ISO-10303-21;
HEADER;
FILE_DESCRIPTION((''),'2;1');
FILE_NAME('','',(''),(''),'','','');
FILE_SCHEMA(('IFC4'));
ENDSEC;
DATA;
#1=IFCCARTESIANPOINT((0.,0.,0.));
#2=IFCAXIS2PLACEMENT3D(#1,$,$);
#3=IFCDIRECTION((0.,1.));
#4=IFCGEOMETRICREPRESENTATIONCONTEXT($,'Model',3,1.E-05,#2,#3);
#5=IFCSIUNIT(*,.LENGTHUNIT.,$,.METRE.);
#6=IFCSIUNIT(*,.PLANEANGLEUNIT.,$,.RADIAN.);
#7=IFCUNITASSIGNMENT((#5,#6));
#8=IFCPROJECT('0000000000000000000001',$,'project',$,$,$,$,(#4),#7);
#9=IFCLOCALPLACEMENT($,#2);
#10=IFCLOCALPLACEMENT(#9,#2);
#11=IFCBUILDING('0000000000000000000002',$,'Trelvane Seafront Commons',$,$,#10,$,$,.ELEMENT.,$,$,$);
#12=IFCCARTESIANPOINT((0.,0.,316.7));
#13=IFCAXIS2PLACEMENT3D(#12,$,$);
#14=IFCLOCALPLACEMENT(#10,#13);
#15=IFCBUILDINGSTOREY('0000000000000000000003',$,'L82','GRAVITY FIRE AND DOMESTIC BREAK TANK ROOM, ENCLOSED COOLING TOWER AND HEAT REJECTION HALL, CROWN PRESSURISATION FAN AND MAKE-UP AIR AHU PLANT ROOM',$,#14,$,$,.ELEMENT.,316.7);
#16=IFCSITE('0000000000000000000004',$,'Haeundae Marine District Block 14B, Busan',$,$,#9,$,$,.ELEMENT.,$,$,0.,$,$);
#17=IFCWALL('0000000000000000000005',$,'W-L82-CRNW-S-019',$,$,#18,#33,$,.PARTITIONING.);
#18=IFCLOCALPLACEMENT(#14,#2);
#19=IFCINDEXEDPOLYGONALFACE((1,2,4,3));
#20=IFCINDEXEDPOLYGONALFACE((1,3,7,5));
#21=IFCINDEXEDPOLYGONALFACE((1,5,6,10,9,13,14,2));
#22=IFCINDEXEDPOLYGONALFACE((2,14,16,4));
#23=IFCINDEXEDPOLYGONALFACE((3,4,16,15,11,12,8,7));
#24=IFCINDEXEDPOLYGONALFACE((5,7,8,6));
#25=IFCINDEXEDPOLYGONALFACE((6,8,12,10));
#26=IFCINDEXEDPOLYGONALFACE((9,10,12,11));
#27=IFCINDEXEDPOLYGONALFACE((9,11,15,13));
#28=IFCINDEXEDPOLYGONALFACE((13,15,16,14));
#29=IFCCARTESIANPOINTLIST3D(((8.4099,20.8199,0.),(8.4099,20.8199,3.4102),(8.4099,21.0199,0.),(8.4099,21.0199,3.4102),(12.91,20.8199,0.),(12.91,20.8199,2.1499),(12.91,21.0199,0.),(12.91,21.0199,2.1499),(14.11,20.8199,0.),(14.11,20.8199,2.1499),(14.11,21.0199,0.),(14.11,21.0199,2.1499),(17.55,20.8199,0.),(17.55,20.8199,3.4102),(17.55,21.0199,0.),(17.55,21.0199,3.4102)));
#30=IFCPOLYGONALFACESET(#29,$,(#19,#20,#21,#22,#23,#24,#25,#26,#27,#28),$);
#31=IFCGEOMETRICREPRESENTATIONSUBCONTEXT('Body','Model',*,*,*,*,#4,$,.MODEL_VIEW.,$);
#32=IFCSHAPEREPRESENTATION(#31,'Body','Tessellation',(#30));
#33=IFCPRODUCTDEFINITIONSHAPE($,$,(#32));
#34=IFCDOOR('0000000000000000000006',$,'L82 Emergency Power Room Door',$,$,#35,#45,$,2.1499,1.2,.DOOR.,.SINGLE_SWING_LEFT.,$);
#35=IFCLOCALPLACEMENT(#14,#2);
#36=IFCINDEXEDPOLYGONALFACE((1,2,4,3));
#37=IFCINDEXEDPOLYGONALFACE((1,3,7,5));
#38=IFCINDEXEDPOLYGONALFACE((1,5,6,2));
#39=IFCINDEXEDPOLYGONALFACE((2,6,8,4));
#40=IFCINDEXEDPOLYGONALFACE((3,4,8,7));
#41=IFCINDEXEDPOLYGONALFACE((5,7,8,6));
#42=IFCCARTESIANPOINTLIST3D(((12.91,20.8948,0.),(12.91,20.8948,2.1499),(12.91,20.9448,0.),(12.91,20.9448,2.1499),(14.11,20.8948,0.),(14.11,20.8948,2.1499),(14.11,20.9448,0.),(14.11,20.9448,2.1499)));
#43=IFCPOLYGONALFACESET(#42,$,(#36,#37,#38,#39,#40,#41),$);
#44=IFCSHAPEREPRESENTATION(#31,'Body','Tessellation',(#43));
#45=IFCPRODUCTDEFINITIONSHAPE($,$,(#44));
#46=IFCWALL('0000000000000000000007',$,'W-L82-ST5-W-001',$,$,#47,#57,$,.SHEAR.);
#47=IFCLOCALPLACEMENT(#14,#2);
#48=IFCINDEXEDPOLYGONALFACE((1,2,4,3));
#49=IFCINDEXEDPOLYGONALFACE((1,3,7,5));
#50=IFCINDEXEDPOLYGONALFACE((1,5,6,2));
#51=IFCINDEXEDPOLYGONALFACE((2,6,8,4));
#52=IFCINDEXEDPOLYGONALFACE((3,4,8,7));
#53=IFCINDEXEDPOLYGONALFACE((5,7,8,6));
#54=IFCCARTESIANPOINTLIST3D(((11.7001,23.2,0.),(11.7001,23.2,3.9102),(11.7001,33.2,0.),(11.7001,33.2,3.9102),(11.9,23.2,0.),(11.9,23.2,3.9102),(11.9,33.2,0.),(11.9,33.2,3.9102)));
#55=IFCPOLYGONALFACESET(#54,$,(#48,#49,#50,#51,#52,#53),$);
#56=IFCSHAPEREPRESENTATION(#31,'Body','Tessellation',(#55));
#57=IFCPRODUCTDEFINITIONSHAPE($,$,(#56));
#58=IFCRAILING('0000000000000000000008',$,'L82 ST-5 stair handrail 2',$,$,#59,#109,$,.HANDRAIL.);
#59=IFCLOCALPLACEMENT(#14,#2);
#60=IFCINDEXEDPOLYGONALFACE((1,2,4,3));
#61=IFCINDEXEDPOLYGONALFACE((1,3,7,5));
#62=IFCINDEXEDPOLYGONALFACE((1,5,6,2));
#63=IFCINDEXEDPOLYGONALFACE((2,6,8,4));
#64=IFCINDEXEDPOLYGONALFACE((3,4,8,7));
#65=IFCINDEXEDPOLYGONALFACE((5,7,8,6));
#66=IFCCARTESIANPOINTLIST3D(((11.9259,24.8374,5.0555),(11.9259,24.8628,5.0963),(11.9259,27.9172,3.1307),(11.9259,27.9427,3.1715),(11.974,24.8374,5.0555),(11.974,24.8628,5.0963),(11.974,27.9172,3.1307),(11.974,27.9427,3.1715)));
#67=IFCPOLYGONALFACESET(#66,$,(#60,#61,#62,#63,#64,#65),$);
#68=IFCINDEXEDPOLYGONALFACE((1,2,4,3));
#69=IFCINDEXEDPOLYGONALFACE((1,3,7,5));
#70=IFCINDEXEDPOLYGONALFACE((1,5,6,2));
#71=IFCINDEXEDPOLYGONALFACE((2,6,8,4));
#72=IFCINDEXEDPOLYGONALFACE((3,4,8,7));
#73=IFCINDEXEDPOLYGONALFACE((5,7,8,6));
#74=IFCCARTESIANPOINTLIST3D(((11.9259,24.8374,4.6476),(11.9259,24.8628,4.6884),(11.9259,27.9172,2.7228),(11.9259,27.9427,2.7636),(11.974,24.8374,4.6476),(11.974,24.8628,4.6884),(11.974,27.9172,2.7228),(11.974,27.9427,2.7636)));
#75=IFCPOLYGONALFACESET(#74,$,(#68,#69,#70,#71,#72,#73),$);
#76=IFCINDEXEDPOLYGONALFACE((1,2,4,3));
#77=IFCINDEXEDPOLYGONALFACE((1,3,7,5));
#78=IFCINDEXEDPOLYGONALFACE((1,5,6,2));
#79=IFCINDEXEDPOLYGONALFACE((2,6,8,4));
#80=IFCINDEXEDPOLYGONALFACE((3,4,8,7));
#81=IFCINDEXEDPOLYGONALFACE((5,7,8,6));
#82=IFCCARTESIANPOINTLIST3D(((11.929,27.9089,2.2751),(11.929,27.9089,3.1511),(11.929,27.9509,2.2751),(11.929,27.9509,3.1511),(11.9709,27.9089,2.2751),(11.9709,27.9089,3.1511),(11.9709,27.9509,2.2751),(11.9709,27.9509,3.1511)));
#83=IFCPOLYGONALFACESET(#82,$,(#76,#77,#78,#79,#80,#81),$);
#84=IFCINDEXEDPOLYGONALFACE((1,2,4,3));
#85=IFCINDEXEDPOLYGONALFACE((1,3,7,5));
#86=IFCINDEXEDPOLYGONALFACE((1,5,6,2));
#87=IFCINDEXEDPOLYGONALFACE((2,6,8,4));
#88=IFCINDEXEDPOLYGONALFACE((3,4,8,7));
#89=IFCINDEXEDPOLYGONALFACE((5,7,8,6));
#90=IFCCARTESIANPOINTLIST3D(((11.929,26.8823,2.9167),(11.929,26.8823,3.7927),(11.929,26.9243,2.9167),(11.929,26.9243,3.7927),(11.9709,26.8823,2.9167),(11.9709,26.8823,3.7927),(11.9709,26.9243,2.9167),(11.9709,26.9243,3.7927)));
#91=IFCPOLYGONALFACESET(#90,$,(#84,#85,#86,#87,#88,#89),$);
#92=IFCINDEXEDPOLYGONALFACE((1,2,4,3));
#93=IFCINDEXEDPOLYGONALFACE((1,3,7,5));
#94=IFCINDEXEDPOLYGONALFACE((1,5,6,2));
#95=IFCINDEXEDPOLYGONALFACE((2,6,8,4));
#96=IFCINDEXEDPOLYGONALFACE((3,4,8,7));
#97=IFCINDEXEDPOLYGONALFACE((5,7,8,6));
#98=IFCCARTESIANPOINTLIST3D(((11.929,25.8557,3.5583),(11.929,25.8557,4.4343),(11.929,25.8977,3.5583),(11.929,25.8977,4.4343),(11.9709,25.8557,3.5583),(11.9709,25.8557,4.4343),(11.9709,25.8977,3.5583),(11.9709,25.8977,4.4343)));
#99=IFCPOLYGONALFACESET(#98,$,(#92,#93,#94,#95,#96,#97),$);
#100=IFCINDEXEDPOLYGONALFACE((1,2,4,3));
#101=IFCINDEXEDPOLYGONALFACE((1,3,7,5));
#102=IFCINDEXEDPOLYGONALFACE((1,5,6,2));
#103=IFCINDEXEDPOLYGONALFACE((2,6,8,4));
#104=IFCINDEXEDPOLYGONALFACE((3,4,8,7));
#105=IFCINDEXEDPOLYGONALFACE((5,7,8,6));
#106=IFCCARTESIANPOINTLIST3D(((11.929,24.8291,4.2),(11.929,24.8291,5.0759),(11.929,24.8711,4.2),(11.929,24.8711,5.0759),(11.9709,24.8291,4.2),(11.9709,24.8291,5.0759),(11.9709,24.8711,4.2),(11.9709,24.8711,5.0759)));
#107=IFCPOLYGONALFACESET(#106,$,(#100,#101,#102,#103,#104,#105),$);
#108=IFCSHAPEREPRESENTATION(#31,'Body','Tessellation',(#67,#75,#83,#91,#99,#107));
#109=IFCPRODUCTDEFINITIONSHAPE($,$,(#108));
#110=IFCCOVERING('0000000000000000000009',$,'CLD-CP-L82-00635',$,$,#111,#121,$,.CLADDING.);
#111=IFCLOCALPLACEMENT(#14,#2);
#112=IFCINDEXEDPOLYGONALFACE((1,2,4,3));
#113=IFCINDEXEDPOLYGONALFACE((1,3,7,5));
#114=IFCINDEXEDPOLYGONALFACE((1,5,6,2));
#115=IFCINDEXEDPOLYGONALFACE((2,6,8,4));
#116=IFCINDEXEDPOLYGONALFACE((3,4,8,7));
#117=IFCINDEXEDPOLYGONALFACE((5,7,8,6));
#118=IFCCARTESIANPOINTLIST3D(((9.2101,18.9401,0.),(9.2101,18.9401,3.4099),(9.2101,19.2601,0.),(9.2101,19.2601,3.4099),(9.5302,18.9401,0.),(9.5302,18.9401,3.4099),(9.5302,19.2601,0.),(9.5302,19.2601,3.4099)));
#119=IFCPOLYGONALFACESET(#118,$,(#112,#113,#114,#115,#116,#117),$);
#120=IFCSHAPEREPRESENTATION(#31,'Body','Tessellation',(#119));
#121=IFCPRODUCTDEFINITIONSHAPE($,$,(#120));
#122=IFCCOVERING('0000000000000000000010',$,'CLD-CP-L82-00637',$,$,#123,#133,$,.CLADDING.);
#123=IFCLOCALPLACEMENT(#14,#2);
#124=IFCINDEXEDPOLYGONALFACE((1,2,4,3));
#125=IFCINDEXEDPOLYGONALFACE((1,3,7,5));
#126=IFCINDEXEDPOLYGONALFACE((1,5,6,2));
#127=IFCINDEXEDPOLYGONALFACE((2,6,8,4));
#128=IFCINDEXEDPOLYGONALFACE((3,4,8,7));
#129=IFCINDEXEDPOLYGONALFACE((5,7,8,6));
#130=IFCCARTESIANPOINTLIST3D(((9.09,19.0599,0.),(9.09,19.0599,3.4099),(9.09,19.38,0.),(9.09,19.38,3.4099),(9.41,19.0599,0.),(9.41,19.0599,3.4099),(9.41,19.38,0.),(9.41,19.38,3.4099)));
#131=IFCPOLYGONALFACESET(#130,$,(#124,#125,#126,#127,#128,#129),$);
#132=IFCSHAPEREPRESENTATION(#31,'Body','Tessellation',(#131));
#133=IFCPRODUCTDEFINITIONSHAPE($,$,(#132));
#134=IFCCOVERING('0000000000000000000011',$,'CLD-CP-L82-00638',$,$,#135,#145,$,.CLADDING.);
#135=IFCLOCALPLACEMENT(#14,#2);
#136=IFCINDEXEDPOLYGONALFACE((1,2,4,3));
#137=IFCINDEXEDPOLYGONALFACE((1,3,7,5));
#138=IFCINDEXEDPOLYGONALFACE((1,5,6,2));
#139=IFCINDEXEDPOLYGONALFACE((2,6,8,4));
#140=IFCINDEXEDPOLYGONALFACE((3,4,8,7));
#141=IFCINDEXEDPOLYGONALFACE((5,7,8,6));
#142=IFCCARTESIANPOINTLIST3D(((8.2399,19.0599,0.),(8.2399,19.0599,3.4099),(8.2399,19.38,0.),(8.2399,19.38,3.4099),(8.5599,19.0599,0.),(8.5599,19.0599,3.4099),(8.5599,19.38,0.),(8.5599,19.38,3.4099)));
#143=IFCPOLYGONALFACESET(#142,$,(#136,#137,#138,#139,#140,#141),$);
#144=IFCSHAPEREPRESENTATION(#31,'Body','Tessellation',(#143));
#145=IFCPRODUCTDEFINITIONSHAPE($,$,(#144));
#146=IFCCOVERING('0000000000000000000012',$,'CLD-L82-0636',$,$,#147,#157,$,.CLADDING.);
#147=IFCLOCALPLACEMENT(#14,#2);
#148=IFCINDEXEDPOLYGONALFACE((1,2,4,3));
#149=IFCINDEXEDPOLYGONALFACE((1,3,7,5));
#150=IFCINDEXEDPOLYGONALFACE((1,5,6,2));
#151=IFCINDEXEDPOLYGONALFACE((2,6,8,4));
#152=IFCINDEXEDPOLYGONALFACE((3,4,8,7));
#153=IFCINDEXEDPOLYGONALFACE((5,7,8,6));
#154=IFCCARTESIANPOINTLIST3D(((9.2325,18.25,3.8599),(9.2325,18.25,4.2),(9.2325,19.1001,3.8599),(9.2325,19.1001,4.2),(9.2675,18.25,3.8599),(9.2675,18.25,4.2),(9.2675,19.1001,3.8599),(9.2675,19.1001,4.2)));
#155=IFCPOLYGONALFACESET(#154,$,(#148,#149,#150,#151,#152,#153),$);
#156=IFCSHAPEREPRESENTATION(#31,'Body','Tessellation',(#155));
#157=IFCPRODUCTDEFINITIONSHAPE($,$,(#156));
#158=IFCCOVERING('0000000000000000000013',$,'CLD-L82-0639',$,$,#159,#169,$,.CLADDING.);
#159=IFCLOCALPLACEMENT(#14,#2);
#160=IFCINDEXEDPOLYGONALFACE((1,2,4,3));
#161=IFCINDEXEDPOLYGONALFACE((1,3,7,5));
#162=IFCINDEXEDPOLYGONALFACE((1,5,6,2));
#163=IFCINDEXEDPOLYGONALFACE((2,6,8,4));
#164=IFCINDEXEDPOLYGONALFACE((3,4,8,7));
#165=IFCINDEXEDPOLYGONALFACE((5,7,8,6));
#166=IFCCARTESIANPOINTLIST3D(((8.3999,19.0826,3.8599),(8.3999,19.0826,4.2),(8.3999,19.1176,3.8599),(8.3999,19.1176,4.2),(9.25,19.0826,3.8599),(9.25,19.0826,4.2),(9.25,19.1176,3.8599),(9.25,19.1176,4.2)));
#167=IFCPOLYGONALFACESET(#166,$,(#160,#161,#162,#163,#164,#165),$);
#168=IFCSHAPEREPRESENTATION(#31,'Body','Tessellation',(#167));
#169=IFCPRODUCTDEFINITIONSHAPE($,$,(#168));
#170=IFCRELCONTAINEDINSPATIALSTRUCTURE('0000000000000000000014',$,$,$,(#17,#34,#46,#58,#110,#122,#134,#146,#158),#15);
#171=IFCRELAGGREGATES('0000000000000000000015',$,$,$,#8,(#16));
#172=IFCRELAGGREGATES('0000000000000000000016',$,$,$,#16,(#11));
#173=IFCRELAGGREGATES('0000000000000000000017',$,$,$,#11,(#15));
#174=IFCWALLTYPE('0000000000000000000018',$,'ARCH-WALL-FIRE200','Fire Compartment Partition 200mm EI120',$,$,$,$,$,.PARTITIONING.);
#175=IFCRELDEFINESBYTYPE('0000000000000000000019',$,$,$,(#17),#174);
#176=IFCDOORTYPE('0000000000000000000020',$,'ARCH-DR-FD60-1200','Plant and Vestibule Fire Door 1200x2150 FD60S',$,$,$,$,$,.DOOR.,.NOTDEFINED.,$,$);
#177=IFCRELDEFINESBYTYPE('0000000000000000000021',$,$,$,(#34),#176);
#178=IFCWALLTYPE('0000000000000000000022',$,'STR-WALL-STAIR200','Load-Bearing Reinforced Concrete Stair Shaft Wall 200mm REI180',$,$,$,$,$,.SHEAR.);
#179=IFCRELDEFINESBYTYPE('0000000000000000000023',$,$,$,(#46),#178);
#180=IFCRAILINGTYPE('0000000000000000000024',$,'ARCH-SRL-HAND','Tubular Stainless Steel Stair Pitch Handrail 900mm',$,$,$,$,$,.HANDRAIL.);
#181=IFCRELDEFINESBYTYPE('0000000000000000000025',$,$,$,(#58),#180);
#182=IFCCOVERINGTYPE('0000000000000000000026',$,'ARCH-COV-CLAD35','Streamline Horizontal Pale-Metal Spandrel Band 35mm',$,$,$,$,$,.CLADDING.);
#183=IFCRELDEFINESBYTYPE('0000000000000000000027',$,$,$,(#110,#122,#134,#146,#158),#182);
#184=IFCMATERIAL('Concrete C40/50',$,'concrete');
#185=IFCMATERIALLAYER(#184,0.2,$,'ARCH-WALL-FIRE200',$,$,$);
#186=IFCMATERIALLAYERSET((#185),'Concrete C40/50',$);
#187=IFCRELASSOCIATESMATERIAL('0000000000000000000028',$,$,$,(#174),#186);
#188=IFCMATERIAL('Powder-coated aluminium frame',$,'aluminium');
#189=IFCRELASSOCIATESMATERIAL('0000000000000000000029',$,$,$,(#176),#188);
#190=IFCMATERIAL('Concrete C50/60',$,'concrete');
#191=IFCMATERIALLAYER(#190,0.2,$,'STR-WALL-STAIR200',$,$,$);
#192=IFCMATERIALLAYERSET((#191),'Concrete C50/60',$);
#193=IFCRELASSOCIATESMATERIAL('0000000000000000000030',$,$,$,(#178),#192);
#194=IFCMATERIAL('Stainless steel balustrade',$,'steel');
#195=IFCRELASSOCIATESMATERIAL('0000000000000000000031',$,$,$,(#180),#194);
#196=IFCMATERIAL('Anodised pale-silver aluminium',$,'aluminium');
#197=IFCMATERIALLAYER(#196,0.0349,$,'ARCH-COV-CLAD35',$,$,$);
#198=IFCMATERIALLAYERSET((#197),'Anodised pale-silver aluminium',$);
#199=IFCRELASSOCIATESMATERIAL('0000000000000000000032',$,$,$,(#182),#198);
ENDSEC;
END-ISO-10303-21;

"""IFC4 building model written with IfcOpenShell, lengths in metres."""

from ifc_helpers import new_model, si_unit, direction, frame, frame_2d, origin, origin_2d, place, context, subcontext, project, spatial, rectangle, extrude, source, transform, mapped, material, layer, layer_set, type_object, element, fill, save


model = new_model("IFC4")

# Units and contexts
model_context = context("Model", 3, precision=1e-05, world=origin(), true_north=direction((0.0, 1.0)))
body_context = subcontext(model_context, "Body", "Model", "MODEL_VIEW")
ifc_project = project(units=[si_unit("LENGTHUNIT", "METRE"), si_unit("PLANEANGLEUNIT", "RADIAN")], contexts=[model_context])

# Site, building, storey
site_placement = place(None, origin())
site = spatial("IfcSite", under=ifc_project, at=site_placement, Name="Haeundae Marine District Block 14B, Busan", CompositionType="ELEMENT", RefElevation=0.0)
building_placement = place(site_placement, origin())
building = spatial("IfcBuilding", under=site, at=building_placement, Name="Trelvane Seafront Commons", CompositionType="ELEMENT")
storey_placement = place(building_placement, frame((0.0, 0.0, 316.7)))
storey = spatial("IfcBuildingStorey", under=building, at=storey_placement, Name="L82", Description="GRAVITY FIRE AND DOMESTIC BREAK TANK ROOM, ENCLOSED COOLING TOWER AND HEAT REJECTION HALL, CROWN PRESSURISATION FAN AND MAKE-UP AIR AHU PLANT ROOM", CompositionType="ELEMENT", Elevation=316.7)

# Shared definitions
ifc_material_1 = material(Name="Anodised pale-silver aluminium", Category="aluminium")

# Wall, opening, door
ifc_material_2 = material(Name="Concrete C40/50", Category="concrete")
ifc_layer_1 = layer(ifc_material_2, 0.2, Name="ARCH-WALL-FIRE200")
ifc_layer_set_1 = layer_set([ifc_layer_1], Name="Concrete C40/50")
wall_type_1 = type_object("IfcWallType", Name="ARCH-WALL-FIRE200", Description="Fire Compartment Partition 200mm EI120", PredefinedType="PARTITIONING", material=ifc_layer_set_1)
wall_1_placement = place(storey_placement, frame((8.4099, 20.9199, 0.0), z_axis=(0.0, 0.0, 1.0), x_axis=(1.0, 0.0, 0.0)))
wall_1 = element("IfcWall", 1, at=wall_1_placement, inside=storey, type_object=wall_type_1, Name="W-L82-CRNW-S-019", PredefinedType="PARTITIONING", context=body_context, shape_type="SweptSolid", body=[
    extrude(rectangle(XDim=9.1401, YDim=0.2, at=frame_2d((4.5701, 0.0))), origin(), (0.0, 0.0, 1.0), 3.4102),
])
opening_1_placement = place(wall_1_placement, frame((4.5, 0.0, 0.0)))
opening_1 = element("IfcOpeningElement", 2, at=opening_1_placement, cuts=wall_1, PredefinedType="OPENING", context=body_context, shape_type="SweptSolid", body=[
    extrude(rectangle(XDim=1.2, YDim=2.1499, at=frame_2d((0.6001, 1.075))), frame((0.0, 0.1099, 0.0), z_axis=(0.0, -1.0, 0.0), x_axis=(1.0, 0.0, 0.0)), (0.0, 0.0, 1.0), 0.22),
])
ifc_material_3 = material(Name="Powder-coated aluminium frame", Category="aluminium")
door_type_1 = type_object("IfcDoorType", Name="ARCH-DR-FD60-1200", Description="Plant and Vestibule Fire Door 1200x2150 FD60S", OperationType="NOTDEFINED", PredefinedType="DOOR", material=ifc_material_3)
shared_shape_1 = source(origin(), body_context, "Body", "SweptSolid", [
    extrude(rectangle(XDim=1.2, YDim=2.1499, at=frame_2d((0.6001, 1.075))), frame((0.0, 0.0249, 0.0), z_axis=(0.0, -1.0, 0.0), x_axis=(1.0, 0.0, 0.0)), (0.0, 0.0, 1.0), 0.05),
])
door_1_placement = place(opening_1_placement, origin())
door_1 = element("IfcDoor", 3, at=door_1_placement, inside=storey, type_object=door_type_1, Name="L82 Emergency Power Room Door", OperationType="SINGLE_SWING_LEFT", OverallHeight=2.1499, OverallWidth=1.2, PredefinedType="DOOR", context=body_context, shape_type="MappedRepresentation", body=[
    mapped(shared_shape_1, transform((0.0, 0.0, 0.0), x_axis=(1.0, 0.0, 0.0), y_axis=(0.0, 1.0, 0.0), z_axis=(0.0, 0.0, 1.0), scale=1.0)),
])
fill(opening_1, door_1)

# Wall
ifc_material_4 = material(Name="Concrete C50/60", Category="concrete")
ifc_layer_2 = layer(ifc_material_4, 0.2, Name="STR-WALL-STAIR200")
ifc_layer_set_2 = layer_set([ifc_layer_2], Name="Concrete C50/60")
wall_type_2 = type_object("IfcWallType", Name="STR-WALL-STAIR200", Description="Load-Bearing Reinforced Concrete Stair Shaft Wall 200mm REI180", PredefinedType="SHEAR", material=ifc_layer_set_2)
wall_2_placement = place(storey_placement, frame((11.8, 23.2, 0.0), z_axis=(0.0, 0.0, 1.0), x_axis=(0.0, 1.0, 0.0)))
element("IfcWall", 4, at=wall_2_placement, inside=storey, type_object=wall_type_2, Name="W-L82-ST5-W-001", PredefinedType="SHEAR", context=body_context, shape_type="SweptSolid", body=[
    extrude(rectangle(XDim=10.0, YDim=0.2, at=frame_2d((5.0, 0.0))), origin(), (0.0, 0.0, 1.0), 3.9102),
])

# Railing
ifc_material_5 = material(Name="Stainless steel balustrade", Category="steel")
railing_type = type_object("IfcRailingType", Name="ARCH-SRL-HAND", Description="Tubular Stainless Steel Stair Pitch Handrail 900mm", PredefinedType="HANDRAIL", material=ifc_material_5)
railing_placement = place(storey_placement, frame((11.95, 27.9299, 2.2751)))
element("IfcRailing", 5, at=railing_placement, inside=storey, type_object=railing_type, Name="L82 ST-5 stair handrail 2", PredefinedType="HANDRAIL", context=body_context, shape_type="SweptSolid", body=[
    extrude(rectangle(XDim=0.0481, YDim=0.0481, at=origin_2d()), frame((0.0, 0.0, 0.876), z_axis=(0.0, -0.84801, 0.529981), x_axis=(1.0, 0.0, 0.0)), (0.0, 0.0, 1.0), 3.6318),
    extrude(rectangle(XDim=0.0481, YDim=0.0481, at=origin_2d()), frame((0.0, 0.0, 0.468), z_axis=(0.0, -0.84801, 0.529981), x_axis=(1.0, 0.0, 0.0)), (0.0, 0.0, 1.0), 3.6318),
    extrude(rectangle(XDim=0.042, YDim=0.042, at=origin_2d()), origin(), (0.0, 0.0, 1.0), 0.876),
    extrude(rectangle(XDim=0.042, YDim=0.042, at=origin_2d()), frame((0.0, -1.0266, 0.6416)), (0.0, 0.0, 1.0), 0.876),
    extrude(rectangle(XDim=0.042, YDim=0.042, at=origin_2d()), frame((0.0, -2.0532, 1.2832)), (0.0, 0.0, 1.0), 0.876),
    extrude(rectangle(XDim=0.042, YDim=0.042, at=origin_2d()), frame((0.0, -3.0798, 1.9248)), (0.0, 0.0, 1.0), 0.876),
])

# Coverings
ifc_layer_3 = layer(ifc_material_1, 0.0349, Name="ARCH-COV-CLAD35")
ifc_layer_set_3 = layer_set([ifc_layer_3], Name="Anodised pale-silver aluminium")
covering_type = type_object("IfcCoveringType", Name="ARCH-COV-CLAD35", Description="Streamline Horizontal Pale-Metal Spandrel Band 35mm", PredefinedType="CLADDING", material=ifc_layer_set_3)
shared_shape_2 = source(origin(), body_context, "Body", "SweptSolid", [
    extrude(rectangle(XDim=0.3201, YDim=0.3201, at=origin_2d()), origin(), (0.0, 0.0, 1.0), 3.4099),
])
for number, where, z_axis, x_axis, name in (
    (6, (9.3701, 19.1001, 0.0), (0.0, 0.0, 1.0), (1.0, 0.0, 0.0), "CLD-CP-L82-00635"),
    (7, (9.25, 19.22, 0.0), (0.0, 0.0, 1.0), (1.0, 0.0, 0.0), "CLD-CP-L82-00637"),
    (8, (8.3999, 19.22, 0.0), (0.0, 0.0, 1.0), (1.0, 0.0, 0.0), "CLD-CP-L82-00638"),
):
    element("IfcCovering", number, at=place(storey_placement, frame(where, z_axis=z_axis, x_axis=x_axis)), inside=storey, type_object=covering_type, Name=name, PredefinedType="CLADDING", context=body_context, shape_type="MappedRepresentation", body=[
        mapped(shared_shape_2, transform((0.0, 0.0, 0.0), x_axis=(1.0, 0.0, 0.0), y_axis=(0.0, 1.0, 0.0), z_axis=(0.0, 0.0, 1.0), scale=1.0)),
    ])
shared_shape_3 = source(origin(), body_context, "Body", "SweptSolid", [
    extrude(rectangle(XDim=0.8501, YDim=0.0349, at=origin_2d()), origin(), (0.0, 0.0, 1.0), 0.3401),
])
for number, where, z_axis, x_axis, name in (
    (9, (9.25, 18.675, 3.8599), (0.0, 0.0, 1.0), (0.0, 1.0, 0.0), "CLD-L82-0636"),
    (10, (8.825, 19.1001, 3.8599), (0.0, 0.0, 1.0), (-1.0, 0.0, 0.0), "CLD-L82-0639"),
):
    element("IfcCovering", number, at=place(storey_placement, frame(where, z_axis=z_axis, x_axis=x_axis)), inside=storey, type_object=covering_type, Name=name, PredefinedType="CLADDING", context=body_context, shape_type="MappedRepresentation", body=[
        mapped(shared_shape_3, transform((0.0, 0.0, 0.0), x_axis=(1.0, 0.0, 0.0), y_axis=(0.0, 1.0, 0.0), z_axis=(0.0, 0.0, 1.0), scale=1.0)),
    ])

save(model, "model.ifc")
